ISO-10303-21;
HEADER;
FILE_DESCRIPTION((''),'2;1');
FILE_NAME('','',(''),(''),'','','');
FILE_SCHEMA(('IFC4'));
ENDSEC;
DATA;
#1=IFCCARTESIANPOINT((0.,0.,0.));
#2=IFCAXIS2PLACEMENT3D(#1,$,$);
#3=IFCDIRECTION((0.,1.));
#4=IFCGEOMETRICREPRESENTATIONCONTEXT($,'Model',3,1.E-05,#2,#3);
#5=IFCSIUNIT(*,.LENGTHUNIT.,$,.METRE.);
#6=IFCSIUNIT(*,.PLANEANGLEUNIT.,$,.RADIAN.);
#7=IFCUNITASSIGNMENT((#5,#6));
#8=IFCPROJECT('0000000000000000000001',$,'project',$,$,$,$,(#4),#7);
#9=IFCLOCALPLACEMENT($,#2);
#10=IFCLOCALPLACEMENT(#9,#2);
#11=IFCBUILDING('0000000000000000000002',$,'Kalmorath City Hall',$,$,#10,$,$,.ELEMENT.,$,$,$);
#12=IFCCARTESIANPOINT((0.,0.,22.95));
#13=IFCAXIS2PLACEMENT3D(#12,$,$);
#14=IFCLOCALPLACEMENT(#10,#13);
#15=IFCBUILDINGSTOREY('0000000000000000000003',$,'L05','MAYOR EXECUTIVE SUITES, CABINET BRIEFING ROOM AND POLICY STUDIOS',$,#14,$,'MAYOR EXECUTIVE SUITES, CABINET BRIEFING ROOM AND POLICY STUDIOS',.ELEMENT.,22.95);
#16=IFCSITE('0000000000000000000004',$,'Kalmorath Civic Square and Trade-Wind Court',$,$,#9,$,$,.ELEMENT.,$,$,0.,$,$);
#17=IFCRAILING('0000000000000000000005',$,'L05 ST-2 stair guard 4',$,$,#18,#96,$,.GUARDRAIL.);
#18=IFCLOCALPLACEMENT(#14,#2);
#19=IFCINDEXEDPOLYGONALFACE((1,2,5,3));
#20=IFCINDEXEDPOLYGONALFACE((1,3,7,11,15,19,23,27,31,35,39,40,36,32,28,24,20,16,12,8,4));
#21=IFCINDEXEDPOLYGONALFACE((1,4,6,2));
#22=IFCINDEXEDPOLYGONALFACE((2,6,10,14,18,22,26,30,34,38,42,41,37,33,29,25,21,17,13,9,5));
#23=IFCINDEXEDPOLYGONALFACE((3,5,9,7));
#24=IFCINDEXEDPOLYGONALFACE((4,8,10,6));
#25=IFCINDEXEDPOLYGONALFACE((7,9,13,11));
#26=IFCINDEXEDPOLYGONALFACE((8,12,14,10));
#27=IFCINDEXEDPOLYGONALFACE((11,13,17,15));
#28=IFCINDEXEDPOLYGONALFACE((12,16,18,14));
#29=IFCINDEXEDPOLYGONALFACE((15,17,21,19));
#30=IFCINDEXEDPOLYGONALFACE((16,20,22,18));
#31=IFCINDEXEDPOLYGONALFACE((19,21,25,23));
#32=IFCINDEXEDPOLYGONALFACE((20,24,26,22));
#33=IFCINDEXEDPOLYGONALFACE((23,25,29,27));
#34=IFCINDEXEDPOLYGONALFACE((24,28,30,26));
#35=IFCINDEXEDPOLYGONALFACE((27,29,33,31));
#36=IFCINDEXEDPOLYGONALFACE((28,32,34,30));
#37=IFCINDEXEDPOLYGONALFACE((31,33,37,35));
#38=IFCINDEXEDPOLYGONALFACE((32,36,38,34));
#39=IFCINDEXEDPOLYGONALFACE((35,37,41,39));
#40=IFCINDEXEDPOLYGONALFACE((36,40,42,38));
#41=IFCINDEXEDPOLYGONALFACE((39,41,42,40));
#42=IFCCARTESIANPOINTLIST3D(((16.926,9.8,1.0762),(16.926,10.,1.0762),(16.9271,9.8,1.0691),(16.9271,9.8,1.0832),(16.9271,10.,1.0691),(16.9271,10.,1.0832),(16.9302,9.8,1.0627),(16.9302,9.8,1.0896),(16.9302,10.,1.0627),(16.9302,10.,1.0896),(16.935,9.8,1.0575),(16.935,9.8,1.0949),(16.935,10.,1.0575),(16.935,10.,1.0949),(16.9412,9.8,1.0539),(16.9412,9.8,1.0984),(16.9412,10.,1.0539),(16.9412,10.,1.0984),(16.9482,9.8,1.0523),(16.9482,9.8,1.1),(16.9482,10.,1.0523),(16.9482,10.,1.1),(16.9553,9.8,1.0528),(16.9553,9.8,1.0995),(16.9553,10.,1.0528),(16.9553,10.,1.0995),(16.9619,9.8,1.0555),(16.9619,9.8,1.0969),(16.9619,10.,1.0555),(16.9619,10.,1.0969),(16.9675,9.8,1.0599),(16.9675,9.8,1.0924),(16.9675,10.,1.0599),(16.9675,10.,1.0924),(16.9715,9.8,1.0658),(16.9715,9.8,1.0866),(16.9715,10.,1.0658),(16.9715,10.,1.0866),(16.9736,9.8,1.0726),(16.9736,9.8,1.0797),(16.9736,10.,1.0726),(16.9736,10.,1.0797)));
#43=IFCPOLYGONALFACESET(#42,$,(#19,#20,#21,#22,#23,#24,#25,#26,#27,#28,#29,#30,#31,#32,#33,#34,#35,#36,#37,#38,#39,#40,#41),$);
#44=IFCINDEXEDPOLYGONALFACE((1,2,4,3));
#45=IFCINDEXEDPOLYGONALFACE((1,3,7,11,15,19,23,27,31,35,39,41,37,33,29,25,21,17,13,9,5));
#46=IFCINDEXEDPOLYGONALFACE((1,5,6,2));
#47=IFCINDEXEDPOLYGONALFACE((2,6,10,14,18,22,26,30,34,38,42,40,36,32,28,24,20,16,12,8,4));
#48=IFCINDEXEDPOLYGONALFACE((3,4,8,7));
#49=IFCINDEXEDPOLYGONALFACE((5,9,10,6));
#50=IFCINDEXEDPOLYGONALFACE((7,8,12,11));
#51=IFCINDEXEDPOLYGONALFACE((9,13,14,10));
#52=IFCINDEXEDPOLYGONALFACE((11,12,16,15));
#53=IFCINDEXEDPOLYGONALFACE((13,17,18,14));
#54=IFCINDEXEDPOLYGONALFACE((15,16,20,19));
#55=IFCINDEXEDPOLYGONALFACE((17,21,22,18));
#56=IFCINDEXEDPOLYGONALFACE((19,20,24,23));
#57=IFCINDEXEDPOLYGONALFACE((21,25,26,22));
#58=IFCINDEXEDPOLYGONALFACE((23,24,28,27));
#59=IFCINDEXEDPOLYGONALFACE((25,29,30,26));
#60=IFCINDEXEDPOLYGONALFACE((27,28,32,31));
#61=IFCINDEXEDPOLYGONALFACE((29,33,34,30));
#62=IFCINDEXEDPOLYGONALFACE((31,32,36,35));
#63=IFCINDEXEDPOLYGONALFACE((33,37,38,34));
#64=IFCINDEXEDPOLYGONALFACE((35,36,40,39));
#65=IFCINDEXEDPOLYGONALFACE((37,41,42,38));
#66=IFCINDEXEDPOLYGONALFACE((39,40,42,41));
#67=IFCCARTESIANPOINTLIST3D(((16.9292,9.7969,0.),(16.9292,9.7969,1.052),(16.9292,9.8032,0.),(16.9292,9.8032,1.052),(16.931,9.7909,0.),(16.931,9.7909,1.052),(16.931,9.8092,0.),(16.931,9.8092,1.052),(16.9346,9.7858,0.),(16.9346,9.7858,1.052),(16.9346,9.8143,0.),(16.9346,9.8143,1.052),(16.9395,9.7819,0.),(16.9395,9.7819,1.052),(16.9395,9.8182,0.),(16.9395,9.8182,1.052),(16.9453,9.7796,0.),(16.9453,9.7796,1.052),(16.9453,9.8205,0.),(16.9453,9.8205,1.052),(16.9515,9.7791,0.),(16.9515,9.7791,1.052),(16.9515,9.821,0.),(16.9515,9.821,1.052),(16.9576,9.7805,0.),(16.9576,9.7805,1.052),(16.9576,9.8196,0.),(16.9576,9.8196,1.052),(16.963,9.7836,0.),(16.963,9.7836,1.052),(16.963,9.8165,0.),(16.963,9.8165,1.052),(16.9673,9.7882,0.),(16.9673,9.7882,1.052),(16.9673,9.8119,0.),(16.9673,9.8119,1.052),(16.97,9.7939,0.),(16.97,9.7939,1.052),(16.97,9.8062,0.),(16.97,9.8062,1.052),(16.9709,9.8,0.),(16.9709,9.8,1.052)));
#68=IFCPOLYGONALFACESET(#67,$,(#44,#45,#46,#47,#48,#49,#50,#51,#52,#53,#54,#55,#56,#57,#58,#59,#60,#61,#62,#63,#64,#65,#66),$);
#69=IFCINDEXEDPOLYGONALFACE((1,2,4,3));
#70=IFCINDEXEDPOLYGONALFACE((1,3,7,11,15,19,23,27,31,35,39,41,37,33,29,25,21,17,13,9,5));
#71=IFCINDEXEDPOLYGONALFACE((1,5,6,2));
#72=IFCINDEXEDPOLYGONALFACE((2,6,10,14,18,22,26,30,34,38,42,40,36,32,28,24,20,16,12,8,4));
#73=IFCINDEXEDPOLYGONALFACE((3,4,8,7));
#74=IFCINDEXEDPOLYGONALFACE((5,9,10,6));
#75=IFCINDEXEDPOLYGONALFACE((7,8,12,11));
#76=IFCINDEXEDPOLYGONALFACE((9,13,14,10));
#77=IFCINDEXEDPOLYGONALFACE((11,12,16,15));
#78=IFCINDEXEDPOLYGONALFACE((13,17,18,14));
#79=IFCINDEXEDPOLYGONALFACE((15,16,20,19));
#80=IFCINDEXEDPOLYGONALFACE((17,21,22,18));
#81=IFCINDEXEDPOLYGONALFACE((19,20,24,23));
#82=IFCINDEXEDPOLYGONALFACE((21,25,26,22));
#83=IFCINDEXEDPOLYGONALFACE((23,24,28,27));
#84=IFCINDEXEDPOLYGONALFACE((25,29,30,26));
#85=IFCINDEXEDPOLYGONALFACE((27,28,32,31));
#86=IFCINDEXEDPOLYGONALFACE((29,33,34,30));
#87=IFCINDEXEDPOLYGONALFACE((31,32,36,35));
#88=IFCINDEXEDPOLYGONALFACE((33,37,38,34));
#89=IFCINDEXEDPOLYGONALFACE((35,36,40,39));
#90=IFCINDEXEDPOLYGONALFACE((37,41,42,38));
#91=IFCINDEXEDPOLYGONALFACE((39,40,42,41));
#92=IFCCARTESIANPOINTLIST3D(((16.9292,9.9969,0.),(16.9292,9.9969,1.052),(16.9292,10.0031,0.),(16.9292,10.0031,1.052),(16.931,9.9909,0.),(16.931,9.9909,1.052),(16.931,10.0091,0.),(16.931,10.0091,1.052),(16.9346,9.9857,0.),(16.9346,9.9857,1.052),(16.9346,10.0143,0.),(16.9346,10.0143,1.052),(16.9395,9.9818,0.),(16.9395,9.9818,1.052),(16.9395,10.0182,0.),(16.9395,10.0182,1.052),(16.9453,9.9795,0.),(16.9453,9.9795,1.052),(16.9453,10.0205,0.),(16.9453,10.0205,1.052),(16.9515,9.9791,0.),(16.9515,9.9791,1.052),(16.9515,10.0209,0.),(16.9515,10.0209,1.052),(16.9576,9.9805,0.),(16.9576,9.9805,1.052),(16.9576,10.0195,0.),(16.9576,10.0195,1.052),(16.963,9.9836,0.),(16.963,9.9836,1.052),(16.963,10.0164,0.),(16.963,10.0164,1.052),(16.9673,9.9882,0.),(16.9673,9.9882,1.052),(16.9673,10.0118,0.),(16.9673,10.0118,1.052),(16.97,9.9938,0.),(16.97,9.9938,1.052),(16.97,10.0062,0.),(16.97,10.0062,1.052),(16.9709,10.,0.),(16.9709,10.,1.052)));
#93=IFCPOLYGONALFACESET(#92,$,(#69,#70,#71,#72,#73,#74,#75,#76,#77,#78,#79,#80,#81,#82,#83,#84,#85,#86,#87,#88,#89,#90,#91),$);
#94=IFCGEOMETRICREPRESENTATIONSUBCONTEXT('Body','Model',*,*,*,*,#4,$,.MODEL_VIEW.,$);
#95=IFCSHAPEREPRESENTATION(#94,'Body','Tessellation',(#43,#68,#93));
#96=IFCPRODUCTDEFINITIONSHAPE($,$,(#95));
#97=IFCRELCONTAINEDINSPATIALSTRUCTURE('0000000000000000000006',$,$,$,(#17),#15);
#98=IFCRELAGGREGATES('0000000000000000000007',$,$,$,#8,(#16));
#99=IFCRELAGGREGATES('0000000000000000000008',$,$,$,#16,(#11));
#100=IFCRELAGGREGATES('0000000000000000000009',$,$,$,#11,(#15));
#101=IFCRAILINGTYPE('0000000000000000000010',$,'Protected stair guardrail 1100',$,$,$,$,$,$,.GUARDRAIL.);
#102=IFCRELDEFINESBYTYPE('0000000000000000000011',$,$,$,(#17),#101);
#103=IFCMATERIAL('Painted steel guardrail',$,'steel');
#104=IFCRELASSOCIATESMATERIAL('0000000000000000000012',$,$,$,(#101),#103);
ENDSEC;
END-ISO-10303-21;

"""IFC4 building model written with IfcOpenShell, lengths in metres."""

from ifc_helpers import new_model, si_unit, direction, frame, origin, origin_2d, place, context, subcontext, project, spatial, circle, extrude, material, type_object, element, save


model = new_model("IFC4")

# Units and contexts
model_context = context("Model", 3, precision=1e-05, world=origin(), true_north=direction((0.0, 1.0)))
body_context = subcontext(model_context, "Body", "Model", "MODEL_VIEW")
ifc_project = project(units=[si_unit("LENGTHUNIT", "METRE"), si_unit("PLANEANGLEUNIT", "RADIAN")], contexts=[model_context])

# Site, building, storey
site_placement = place(None, origin())
site = spatial("IfcSite", under=ifc_project, at=site_placement, Name="Kalmorath Civic Square and Trade-Wind Court", CompositionType="ELEMENT", RefElevation=0.0)
building_placement = place(site_placement, origin())
building = spatial("IfcBuilding", under=site, at=building_placement, Name="Kalmorath City Hall", CompositionType="ELEMENT")
storey_placement = place(building_placement, frame((0.0, 0.0, 22.95)))
storey = spatial("IfcBuildingStorey", under=building, at=storey_placement, Name="L05", Description="MAYOR EXECUTIVE SUITES, CABINET BRIEFING ROOM AND POLICY STUDIOS", LongName="MAYOR EXECUTIVE SUITES, CABINET BRIEFING ROOM AND POLICY STUDIOS", CompositionType="ELEMENT", Elevation=22.95)

# Railing
ifc_material_1 = material(Name="Painted steel guardrail", Category="steel")
railing_type_1 = type_object("IfcRailingType", Name="Protected stair guardrail 1100", PredefinedType="GUARDRAIL", material=ifc_material_1)
railing_1_placement = place(storey_placement, frame((16.95, 9.8, 0.0)))
element("IfcRailing", 1, at=railing_1_placement, inside=storey, type_object=railing_type_1, Name="L05 ST-2 stair guard 4", PredefinedType="GUARDRAIL", context=body_context, shape_type="SweptSolid", body=[
    extrude(circle(Radius=0.0239, at=origin_2d()), frame((0.0, 0.0, 1.0762), z_axis=(0.0, 1.0, 0.0), x_axis=(-1.0, 0.0, 0.0)), (0.0, 0.0, 1.0), 0.2),
    extrude(circle(Radius=0.021, at=origin_2d()), origin(), (0.0, 0.0, 1.0), 1.052),
    extrude(circle(Radius=0.021, at=origin_2d()), frame((0.0, 0.2, 0.0)), (0.0, 0.0, 1.0), 1.052),
])

save(model, "model.ifc")
